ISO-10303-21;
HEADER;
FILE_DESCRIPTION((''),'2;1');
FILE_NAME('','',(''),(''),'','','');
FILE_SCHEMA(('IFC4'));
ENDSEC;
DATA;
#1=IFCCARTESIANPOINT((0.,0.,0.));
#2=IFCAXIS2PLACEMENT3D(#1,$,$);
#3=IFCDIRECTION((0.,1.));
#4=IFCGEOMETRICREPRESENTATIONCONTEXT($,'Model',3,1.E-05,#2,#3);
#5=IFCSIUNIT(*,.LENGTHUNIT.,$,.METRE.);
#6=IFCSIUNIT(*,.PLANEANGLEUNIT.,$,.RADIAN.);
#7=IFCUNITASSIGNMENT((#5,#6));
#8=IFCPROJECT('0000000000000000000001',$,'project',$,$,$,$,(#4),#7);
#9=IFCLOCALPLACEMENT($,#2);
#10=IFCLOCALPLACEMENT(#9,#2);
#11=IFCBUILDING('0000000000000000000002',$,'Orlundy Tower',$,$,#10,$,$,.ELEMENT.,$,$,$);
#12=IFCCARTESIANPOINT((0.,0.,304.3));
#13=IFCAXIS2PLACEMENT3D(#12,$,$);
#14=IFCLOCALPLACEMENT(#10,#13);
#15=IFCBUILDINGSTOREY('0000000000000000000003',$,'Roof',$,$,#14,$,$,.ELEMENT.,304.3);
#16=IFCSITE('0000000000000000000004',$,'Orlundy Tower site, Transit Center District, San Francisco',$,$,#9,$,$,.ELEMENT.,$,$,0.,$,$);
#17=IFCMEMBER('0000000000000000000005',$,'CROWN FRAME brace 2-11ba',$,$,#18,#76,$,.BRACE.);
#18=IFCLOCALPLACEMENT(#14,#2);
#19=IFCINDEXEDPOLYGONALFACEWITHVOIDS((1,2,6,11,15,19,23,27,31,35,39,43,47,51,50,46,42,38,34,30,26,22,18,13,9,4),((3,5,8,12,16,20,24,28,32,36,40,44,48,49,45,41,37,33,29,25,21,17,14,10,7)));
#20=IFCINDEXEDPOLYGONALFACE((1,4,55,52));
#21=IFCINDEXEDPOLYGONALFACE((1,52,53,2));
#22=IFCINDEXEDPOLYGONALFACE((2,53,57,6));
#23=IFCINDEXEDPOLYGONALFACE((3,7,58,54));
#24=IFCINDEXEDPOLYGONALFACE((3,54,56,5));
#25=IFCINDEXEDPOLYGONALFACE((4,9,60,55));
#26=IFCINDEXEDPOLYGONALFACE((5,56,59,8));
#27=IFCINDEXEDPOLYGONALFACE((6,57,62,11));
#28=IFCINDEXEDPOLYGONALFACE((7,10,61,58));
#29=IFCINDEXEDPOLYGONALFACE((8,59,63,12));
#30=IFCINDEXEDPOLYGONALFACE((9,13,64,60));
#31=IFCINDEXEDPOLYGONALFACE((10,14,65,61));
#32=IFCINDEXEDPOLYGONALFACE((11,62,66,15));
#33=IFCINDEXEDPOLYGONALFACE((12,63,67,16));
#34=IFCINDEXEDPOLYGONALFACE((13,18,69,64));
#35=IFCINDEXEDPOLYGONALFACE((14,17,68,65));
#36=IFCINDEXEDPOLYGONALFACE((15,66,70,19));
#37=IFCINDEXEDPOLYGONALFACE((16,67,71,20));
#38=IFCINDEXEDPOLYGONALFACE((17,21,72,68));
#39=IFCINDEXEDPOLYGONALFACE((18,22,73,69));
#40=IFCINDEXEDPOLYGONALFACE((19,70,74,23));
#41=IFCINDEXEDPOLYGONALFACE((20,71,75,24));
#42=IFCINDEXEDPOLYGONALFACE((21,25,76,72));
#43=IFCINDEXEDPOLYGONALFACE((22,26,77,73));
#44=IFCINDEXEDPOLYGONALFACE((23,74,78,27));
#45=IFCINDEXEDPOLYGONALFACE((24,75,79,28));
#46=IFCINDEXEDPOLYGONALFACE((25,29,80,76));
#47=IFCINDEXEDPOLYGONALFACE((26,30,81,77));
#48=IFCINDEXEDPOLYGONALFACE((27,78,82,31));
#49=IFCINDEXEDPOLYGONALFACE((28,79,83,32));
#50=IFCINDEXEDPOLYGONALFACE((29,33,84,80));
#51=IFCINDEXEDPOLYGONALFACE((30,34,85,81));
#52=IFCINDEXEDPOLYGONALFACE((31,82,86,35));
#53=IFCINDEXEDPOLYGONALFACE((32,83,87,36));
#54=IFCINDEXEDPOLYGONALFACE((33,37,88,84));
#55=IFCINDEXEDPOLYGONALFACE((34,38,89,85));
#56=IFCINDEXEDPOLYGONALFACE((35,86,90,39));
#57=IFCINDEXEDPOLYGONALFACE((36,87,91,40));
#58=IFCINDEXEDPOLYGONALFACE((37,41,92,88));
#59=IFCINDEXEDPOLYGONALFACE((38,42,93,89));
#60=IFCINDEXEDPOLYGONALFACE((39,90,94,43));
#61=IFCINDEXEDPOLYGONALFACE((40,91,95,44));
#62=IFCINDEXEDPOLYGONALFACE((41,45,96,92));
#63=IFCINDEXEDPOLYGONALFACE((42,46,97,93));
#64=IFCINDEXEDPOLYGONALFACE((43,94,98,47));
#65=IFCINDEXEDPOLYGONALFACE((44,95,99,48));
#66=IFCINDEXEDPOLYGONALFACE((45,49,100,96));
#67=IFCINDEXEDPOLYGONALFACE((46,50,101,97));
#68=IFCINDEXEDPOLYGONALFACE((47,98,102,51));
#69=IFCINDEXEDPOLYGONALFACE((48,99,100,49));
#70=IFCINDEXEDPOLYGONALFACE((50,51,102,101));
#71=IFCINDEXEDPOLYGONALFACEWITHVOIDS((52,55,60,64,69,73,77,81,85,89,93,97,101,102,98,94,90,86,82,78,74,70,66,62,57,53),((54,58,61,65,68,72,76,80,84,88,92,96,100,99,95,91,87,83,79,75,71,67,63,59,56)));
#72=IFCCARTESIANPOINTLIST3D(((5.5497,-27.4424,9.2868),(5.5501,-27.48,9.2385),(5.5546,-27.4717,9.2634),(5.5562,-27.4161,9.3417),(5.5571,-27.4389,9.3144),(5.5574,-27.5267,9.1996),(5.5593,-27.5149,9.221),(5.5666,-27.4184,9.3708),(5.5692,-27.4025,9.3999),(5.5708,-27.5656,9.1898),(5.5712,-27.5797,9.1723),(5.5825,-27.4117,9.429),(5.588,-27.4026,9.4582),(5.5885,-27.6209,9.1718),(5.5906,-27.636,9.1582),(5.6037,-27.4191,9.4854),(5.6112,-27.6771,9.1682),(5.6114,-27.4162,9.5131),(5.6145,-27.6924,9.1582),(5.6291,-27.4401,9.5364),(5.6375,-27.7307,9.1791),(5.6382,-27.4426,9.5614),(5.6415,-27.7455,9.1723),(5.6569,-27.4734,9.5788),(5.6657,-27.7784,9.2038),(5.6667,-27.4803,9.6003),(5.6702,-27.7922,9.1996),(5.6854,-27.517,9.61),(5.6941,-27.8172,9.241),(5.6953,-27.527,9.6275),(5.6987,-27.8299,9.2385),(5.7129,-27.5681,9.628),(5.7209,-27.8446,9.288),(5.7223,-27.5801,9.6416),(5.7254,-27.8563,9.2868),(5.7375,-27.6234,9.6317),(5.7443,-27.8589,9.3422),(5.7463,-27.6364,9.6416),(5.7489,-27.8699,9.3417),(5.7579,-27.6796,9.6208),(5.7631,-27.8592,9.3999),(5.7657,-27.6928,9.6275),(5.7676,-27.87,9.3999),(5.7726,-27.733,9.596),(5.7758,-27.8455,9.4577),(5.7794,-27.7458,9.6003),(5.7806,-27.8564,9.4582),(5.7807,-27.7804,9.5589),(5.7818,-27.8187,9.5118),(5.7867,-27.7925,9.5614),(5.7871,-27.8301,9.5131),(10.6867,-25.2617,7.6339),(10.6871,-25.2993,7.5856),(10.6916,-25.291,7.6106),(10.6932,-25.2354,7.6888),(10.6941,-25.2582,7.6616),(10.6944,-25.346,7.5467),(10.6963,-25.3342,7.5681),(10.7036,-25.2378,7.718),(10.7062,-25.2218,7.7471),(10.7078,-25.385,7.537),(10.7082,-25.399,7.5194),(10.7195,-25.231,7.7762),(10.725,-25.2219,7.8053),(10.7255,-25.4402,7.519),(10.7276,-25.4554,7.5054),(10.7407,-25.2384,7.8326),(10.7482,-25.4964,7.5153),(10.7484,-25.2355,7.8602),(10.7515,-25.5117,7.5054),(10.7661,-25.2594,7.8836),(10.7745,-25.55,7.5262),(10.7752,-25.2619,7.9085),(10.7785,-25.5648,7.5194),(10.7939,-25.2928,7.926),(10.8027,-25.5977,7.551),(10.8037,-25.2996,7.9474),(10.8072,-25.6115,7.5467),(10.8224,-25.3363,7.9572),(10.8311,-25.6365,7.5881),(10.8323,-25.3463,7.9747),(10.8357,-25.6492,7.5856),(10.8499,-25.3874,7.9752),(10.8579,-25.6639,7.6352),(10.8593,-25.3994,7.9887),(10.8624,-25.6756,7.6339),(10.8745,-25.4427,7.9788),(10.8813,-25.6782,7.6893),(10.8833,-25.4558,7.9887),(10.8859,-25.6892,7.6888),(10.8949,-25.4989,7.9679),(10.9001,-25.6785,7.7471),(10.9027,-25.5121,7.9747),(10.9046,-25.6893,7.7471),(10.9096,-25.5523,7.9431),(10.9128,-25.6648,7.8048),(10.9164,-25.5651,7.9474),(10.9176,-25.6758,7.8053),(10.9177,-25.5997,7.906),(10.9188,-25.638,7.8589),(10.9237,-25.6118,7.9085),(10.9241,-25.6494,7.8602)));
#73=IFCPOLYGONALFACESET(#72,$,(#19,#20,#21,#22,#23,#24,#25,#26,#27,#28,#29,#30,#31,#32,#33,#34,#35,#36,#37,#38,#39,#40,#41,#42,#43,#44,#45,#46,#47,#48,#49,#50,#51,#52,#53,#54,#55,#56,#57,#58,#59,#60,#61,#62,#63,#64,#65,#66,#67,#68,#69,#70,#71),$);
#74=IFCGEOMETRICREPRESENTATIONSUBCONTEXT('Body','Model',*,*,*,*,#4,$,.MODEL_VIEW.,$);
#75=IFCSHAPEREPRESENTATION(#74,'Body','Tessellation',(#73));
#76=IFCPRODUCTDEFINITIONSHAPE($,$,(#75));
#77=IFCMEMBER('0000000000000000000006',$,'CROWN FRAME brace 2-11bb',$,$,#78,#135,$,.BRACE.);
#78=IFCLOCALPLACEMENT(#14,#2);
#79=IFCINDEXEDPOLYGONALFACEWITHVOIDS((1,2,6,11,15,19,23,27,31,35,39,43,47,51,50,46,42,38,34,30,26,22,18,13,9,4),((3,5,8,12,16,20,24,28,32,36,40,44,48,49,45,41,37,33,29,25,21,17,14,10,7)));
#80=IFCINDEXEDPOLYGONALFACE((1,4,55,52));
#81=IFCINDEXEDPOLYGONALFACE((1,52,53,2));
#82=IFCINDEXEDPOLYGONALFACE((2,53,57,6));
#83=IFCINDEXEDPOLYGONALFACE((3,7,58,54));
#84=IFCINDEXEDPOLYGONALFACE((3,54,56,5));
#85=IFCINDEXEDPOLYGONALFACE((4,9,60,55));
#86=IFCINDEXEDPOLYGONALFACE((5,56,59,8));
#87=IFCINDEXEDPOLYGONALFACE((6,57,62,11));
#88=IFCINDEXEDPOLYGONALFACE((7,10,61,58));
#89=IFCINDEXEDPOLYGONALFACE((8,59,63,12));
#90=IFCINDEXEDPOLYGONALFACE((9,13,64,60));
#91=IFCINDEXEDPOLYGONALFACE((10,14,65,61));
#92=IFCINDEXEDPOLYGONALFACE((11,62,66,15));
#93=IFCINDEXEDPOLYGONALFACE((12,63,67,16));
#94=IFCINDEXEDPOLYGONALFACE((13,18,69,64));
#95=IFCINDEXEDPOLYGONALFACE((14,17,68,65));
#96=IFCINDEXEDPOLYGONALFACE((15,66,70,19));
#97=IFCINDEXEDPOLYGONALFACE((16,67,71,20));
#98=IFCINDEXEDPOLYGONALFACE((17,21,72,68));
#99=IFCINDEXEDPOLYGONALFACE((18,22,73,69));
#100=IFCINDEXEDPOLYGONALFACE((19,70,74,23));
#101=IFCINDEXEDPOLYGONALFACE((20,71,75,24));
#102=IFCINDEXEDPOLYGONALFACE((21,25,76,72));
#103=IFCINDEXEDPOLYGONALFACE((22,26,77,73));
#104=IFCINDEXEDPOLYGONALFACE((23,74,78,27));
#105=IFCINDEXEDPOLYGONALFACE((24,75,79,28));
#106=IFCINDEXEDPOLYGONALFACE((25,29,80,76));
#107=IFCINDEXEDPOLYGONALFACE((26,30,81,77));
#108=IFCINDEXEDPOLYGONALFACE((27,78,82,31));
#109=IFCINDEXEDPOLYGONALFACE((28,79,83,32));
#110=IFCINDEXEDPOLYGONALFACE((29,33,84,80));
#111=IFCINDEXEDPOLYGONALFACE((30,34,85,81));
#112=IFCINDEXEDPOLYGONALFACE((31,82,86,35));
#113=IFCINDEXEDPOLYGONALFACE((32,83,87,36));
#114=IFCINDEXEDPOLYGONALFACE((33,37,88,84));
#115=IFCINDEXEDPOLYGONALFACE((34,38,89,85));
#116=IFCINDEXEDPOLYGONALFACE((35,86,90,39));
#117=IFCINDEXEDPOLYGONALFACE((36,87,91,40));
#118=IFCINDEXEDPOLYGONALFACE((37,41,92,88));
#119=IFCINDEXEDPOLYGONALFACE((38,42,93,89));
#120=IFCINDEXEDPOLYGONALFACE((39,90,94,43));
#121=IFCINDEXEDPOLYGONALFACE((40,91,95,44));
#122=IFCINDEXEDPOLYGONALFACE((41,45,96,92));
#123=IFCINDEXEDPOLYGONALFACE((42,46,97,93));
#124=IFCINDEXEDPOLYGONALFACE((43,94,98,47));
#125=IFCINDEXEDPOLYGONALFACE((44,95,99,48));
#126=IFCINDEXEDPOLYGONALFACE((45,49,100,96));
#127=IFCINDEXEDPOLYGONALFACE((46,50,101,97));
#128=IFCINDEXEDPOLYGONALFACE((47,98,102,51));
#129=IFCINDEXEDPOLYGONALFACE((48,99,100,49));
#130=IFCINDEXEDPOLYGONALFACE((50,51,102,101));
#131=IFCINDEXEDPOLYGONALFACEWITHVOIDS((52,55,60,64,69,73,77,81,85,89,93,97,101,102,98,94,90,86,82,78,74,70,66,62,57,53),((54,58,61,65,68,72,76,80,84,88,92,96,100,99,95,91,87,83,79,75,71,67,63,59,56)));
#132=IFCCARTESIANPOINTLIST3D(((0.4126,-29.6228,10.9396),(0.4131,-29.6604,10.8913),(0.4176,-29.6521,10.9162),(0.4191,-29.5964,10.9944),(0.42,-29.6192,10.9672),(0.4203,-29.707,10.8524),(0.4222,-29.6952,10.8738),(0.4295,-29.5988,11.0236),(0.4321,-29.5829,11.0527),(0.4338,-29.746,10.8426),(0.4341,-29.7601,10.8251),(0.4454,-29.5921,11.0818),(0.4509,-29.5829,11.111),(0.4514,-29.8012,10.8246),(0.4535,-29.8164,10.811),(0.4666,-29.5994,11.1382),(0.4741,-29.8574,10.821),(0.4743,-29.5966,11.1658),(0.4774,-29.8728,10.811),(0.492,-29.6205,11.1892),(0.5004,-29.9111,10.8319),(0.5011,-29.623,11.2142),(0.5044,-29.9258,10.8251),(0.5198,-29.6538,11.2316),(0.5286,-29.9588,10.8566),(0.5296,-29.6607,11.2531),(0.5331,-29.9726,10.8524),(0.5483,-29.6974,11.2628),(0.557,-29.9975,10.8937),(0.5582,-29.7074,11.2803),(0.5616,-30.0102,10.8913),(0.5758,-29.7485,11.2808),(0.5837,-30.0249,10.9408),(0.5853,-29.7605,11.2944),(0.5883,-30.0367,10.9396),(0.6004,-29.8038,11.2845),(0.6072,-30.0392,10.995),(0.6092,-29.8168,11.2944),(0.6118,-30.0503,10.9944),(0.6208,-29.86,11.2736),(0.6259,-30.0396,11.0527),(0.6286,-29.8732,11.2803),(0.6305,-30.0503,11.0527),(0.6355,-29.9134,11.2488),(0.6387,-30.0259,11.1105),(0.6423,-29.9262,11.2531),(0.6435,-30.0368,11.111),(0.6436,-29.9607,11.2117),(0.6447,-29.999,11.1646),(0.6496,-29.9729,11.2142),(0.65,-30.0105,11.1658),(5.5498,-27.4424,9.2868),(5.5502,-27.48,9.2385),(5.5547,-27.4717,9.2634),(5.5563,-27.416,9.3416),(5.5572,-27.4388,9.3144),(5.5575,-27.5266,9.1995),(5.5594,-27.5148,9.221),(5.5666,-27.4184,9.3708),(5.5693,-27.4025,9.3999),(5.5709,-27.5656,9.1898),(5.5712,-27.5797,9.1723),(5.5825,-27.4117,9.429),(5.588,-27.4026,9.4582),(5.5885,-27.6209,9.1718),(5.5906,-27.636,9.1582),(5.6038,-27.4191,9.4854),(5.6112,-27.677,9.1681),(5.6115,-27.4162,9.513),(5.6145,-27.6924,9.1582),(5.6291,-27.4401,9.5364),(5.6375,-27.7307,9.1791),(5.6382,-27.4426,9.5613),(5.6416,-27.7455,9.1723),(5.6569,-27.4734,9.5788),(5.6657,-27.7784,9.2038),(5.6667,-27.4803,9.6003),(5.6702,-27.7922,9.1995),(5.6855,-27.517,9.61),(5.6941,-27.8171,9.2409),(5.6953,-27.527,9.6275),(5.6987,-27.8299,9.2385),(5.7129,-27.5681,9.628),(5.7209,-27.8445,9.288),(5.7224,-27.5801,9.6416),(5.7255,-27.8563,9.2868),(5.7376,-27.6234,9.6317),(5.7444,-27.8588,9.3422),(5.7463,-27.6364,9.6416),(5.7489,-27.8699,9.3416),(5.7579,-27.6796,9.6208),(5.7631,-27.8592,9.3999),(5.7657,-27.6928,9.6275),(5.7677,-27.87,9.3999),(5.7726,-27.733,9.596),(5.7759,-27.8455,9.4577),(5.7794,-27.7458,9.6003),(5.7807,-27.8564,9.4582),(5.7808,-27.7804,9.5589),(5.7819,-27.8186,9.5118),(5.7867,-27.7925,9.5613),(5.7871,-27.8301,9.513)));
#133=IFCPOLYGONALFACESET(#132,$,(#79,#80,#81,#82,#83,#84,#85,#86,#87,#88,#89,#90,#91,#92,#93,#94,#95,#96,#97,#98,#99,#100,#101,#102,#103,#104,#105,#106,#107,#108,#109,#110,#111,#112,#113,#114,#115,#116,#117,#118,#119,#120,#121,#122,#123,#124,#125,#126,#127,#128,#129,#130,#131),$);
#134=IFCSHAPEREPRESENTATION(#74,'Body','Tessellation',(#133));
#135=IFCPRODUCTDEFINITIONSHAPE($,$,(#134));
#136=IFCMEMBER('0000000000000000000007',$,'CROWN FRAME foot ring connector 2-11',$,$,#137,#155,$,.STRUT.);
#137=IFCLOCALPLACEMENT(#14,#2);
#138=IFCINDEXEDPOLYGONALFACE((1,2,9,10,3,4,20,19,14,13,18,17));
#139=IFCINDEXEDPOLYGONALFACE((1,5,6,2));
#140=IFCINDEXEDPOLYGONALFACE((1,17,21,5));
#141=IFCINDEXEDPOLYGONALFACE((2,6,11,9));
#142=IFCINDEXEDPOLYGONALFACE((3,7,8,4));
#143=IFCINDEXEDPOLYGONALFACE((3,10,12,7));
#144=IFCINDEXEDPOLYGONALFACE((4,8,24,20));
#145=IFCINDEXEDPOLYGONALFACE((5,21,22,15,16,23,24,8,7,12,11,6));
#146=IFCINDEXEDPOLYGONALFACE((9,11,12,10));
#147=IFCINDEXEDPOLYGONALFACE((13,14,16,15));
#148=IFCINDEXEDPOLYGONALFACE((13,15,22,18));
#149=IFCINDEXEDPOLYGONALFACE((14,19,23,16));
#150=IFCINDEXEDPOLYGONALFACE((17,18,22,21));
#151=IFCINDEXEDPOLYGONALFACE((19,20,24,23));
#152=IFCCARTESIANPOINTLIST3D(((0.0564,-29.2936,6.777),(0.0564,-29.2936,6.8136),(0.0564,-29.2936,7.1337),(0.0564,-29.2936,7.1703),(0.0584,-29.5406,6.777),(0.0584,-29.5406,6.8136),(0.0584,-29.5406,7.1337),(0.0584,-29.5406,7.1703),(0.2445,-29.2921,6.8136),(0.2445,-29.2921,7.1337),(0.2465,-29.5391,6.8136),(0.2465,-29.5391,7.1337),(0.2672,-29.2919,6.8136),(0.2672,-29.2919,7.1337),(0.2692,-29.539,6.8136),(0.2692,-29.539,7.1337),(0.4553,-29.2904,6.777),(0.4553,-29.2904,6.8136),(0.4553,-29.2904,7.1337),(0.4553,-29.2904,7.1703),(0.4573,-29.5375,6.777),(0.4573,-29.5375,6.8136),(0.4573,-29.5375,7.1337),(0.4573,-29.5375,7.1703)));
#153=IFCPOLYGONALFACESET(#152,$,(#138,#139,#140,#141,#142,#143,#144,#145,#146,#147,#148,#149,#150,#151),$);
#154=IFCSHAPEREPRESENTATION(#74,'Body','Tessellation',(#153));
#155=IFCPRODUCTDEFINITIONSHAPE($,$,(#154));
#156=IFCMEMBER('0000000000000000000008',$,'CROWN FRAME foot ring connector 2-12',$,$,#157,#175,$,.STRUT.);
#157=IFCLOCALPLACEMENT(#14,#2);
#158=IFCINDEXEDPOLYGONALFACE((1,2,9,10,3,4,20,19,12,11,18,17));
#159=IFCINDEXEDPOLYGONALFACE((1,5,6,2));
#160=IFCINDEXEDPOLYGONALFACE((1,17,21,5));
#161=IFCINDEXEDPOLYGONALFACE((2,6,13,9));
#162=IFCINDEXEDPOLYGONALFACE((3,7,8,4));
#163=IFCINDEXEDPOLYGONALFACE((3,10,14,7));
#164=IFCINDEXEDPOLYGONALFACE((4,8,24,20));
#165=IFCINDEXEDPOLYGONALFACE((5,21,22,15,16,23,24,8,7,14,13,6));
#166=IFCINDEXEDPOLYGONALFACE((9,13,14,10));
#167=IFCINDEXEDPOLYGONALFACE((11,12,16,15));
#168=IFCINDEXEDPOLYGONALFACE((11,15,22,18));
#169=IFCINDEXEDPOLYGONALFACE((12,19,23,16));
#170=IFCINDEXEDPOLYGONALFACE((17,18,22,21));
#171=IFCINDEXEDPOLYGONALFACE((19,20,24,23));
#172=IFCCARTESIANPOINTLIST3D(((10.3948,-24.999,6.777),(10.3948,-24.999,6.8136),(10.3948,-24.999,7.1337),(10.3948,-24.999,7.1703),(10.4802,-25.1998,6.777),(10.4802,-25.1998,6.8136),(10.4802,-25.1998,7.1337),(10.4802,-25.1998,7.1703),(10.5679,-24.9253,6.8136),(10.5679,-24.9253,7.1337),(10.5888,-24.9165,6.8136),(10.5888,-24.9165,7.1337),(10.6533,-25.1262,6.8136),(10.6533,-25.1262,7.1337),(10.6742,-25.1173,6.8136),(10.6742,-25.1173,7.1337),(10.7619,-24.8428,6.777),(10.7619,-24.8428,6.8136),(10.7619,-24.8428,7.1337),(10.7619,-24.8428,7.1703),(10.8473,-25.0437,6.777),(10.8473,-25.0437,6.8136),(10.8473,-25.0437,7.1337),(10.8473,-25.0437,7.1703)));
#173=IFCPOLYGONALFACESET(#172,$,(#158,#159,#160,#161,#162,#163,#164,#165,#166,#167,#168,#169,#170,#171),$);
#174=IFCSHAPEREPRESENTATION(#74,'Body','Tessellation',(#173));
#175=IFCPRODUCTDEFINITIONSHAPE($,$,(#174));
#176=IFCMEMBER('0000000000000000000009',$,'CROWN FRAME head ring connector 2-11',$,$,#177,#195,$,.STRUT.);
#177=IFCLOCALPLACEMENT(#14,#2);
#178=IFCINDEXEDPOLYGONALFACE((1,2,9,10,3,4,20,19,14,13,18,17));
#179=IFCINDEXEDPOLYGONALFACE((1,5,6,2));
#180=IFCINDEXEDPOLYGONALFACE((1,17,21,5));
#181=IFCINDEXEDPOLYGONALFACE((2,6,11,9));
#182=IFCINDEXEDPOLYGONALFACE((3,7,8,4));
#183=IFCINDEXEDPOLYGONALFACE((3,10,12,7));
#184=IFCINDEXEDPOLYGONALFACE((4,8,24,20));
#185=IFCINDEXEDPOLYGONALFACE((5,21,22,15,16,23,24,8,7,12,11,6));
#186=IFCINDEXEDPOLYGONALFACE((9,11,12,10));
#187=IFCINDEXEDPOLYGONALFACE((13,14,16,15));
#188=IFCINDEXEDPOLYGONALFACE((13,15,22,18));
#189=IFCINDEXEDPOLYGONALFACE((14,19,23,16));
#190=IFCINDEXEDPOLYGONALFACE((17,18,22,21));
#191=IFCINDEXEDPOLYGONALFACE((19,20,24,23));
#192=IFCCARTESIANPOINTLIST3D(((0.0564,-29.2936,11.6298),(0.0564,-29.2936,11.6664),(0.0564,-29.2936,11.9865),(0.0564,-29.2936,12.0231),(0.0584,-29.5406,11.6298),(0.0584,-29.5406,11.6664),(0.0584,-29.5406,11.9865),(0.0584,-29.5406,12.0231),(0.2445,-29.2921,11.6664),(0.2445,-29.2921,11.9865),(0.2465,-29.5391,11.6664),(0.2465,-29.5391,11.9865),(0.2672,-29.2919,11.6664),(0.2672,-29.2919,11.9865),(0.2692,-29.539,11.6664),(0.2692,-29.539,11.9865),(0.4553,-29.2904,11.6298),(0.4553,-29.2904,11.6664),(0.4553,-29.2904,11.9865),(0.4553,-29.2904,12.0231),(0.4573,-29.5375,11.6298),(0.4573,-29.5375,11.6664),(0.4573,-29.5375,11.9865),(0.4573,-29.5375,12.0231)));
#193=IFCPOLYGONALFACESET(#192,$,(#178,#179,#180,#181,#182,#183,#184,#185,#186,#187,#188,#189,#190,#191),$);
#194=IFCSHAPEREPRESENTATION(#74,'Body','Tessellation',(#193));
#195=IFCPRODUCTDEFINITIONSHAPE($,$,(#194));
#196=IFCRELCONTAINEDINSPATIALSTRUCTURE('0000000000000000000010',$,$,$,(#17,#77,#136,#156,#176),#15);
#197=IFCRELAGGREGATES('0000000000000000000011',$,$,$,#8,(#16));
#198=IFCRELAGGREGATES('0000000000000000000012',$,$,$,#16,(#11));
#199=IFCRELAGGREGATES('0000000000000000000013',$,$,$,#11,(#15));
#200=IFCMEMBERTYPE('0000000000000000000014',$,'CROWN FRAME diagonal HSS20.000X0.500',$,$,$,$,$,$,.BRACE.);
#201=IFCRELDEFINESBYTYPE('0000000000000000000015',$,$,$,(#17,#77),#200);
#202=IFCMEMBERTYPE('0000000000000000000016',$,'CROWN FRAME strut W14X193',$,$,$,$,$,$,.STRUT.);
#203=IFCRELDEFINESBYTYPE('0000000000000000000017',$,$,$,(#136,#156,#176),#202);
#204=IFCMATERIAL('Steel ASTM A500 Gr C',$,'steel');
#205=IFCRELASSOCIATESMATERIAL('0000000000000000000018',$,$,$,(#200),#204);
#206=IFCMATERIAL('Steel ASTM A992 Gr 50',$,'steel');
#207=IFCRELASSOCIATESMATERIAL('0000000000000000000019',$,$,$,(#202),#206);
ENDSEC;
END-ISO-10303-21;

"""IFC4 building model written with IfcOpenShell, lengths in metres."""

from ifc_helpers import new_model, si_unit, direction, frame, origin, origin_2d, place, context, subcontext, project, spatial, hollow_circle, i_section, extrude, material, material_profile, profile_set, type_object, element, save


model = new_model("IFC4")

# Units and contexts
model_context = context("Model", 3, precision=1e-05, world=origin(), true_north=direction((0.0, 1.0)))
body_context = subcontext(model_context, "Body", "Model", "MODEL_VIEW")
ifc_project = project(units=[si_unit("LENGTHUNIT", "METRE"), si_unit("PLANEANGLEUNIT", "RADIAN")], contexts=[model_context])

# Site, building, storey
site_placement = place(None, origin())
site = spatial("IfcSite", under=ifc_project, at=site_placement, Name="Orlundy Tower site, Transit Center District, San Francisco", CompositionType="ELEMENT", RefElevation=0.0)
building_placement = place(site_placement, origin())
building = spatial("IfcBuilding", under=site, at=building_placement, Name="Orlundy Tower", CompositionType="ELEMENT")
storey_placement = place(building_placement, frame((0.0, 0.0, 304.3)))
storey = spatial("IfcBuildingStorey", under=building, at=storey_placement, Name="Roof", CompositionType="ELEMENT", Elevation=304.3)

# Members
ifc_material_1 = material(Name="Steel ASTM A500 Gr C", Category="steel")
ifc_material_profile_1 = material_profile(ifc_material_1, hollow_circle(Radius=0.2539, WallThickness=0.0117, at=origin_2d()), Name="HSS20.000X0.500")
ifc_profile_set_1 = profile_set([ifc_material_profile_1], Name="Steel ASTM A500 Gr C")
member_type_1 = type_object("IfcMemberType", Name="CROWN FRAME diagonal HSS20.000X0.500", PredefinedType="BRACE", material=ifc_profile_set_1)
for number, where, z_axis, x_axis, name in (
    (1, (10.8054, -25.4556, 7.7471), (-0.882599, -0.374667, 0.283979), (0.390754, -0.920495, 0.0), "CROWN FRAME brace 2-11ba"),
    (2, (5.6685, -27.6362, 9.3999), (-0.882622, -0.374617, 0.283973), (0.390702, -0.920517, 0.0), "CROWN FRAME brace 2-11bb"),
):
    element("IfcMember", number, at=place(storey_placement, frame(where, z_axis=z_axis, x_axis=x_axis)), inside=storey, type_object=member_type_1, Name=name, PredefinedType="BRACE", context=body_context, shape_type="SweptSolid", body=[
        extrude(hollow_circle(Radius=0.2539, WallThickness=0.0117, at=origin_2d()), origin(), (0.0, 0.0, 1.0), 5.8203),
    ])
ifc_material_2 = material(Name="Steel ASTM A992 Gr 50", Category="steel")
ifc_material_profile_2 = material_profile(ifc_material_2, i_section(OverallWidth=0.3989, OverallDepth=0.3933, WebThickness=0.0227, FlangeThickness=0.0366, at=origin_2d()), Name="W14X193")
ifc_profile_set_2 = profile_set([ifc_material_profile_2], Name="Steel ASTM A992 Gr 50")
member_type_2 = type_object("IfcMemberType", Name="CROWN FRAME strut W14X193", PredefinedType="STRUT", material=ifc_profile_set_2)
member_1_placement = place(storey_placement, frame((0.2559, -29.292, 6.9736), z_axis=(0.007905, -0.999969, 0.0), x_axis=(0.999969, 0.007905, 0.0)))
element("IfcMember", 3, at=member_1_placement, inside=storey, type_object=member_type_2, Name="CROWN FRAME foot ring connector 2-11", PredefinedType="STRUT", context=body_context, shape_type="SweptSolid", body=[
    extrude(i_section(OverallWidth=0.3989, OverallDepth=0.3933, WebThickness=0.0227, FlangeThickness=0.0366, at=origin_2d()), origin(), (0.0, 0.0, 1.0), 0.2471),
])
member_2_placement = place(storey_placement, frame((10.5784, -24.9209, 6.9736), z_axis=(0.391354, -0.92024, 0.0), x_axis=(0.92024, 0.391354, 0.0)))
element("IfcMember", 4, at=member_2_placement, inside=storey, type_object=member_type_2, Name="CROWN FRAME foot ring connector 2-12", PredefinedType="STRUT", context=body_context, shape_type="SweptSolid", body=[
    extrude(i_section(OverallWidth=0.3989, OverallDepth=0.3933, WebThickness=0.0227, FlangeThickness=0.0366, at=origin_2d()), origin(), (0.0, 0.0, 1.0), 0.2183),
])
member_3_placement = place(storey_placement, frame((0.2559, -29.292, 11.8264), z_axis=(0.007905, -0.999969, 0.0), x_axis=(0.999969, 0.007905, 0.0)))
element("IfcMember", 5, at=member_3_placement, inside=storey, type_object=member_type_2, Name="CROWN FRAME head ring connector 2-11", PredefinedType="STRUT", context=body_context, shape_type="SweptSolid", body=[
    extrude(i_section(OverallWidth=0.3989, OverallDepth=0.3933, WebThickness=0.0227, FlangeThickness=0.0366, at=origin_2d()), origin(), (0.0, 0.0, 1.0), 0.2471),
])

save(model, "model.ifc")
